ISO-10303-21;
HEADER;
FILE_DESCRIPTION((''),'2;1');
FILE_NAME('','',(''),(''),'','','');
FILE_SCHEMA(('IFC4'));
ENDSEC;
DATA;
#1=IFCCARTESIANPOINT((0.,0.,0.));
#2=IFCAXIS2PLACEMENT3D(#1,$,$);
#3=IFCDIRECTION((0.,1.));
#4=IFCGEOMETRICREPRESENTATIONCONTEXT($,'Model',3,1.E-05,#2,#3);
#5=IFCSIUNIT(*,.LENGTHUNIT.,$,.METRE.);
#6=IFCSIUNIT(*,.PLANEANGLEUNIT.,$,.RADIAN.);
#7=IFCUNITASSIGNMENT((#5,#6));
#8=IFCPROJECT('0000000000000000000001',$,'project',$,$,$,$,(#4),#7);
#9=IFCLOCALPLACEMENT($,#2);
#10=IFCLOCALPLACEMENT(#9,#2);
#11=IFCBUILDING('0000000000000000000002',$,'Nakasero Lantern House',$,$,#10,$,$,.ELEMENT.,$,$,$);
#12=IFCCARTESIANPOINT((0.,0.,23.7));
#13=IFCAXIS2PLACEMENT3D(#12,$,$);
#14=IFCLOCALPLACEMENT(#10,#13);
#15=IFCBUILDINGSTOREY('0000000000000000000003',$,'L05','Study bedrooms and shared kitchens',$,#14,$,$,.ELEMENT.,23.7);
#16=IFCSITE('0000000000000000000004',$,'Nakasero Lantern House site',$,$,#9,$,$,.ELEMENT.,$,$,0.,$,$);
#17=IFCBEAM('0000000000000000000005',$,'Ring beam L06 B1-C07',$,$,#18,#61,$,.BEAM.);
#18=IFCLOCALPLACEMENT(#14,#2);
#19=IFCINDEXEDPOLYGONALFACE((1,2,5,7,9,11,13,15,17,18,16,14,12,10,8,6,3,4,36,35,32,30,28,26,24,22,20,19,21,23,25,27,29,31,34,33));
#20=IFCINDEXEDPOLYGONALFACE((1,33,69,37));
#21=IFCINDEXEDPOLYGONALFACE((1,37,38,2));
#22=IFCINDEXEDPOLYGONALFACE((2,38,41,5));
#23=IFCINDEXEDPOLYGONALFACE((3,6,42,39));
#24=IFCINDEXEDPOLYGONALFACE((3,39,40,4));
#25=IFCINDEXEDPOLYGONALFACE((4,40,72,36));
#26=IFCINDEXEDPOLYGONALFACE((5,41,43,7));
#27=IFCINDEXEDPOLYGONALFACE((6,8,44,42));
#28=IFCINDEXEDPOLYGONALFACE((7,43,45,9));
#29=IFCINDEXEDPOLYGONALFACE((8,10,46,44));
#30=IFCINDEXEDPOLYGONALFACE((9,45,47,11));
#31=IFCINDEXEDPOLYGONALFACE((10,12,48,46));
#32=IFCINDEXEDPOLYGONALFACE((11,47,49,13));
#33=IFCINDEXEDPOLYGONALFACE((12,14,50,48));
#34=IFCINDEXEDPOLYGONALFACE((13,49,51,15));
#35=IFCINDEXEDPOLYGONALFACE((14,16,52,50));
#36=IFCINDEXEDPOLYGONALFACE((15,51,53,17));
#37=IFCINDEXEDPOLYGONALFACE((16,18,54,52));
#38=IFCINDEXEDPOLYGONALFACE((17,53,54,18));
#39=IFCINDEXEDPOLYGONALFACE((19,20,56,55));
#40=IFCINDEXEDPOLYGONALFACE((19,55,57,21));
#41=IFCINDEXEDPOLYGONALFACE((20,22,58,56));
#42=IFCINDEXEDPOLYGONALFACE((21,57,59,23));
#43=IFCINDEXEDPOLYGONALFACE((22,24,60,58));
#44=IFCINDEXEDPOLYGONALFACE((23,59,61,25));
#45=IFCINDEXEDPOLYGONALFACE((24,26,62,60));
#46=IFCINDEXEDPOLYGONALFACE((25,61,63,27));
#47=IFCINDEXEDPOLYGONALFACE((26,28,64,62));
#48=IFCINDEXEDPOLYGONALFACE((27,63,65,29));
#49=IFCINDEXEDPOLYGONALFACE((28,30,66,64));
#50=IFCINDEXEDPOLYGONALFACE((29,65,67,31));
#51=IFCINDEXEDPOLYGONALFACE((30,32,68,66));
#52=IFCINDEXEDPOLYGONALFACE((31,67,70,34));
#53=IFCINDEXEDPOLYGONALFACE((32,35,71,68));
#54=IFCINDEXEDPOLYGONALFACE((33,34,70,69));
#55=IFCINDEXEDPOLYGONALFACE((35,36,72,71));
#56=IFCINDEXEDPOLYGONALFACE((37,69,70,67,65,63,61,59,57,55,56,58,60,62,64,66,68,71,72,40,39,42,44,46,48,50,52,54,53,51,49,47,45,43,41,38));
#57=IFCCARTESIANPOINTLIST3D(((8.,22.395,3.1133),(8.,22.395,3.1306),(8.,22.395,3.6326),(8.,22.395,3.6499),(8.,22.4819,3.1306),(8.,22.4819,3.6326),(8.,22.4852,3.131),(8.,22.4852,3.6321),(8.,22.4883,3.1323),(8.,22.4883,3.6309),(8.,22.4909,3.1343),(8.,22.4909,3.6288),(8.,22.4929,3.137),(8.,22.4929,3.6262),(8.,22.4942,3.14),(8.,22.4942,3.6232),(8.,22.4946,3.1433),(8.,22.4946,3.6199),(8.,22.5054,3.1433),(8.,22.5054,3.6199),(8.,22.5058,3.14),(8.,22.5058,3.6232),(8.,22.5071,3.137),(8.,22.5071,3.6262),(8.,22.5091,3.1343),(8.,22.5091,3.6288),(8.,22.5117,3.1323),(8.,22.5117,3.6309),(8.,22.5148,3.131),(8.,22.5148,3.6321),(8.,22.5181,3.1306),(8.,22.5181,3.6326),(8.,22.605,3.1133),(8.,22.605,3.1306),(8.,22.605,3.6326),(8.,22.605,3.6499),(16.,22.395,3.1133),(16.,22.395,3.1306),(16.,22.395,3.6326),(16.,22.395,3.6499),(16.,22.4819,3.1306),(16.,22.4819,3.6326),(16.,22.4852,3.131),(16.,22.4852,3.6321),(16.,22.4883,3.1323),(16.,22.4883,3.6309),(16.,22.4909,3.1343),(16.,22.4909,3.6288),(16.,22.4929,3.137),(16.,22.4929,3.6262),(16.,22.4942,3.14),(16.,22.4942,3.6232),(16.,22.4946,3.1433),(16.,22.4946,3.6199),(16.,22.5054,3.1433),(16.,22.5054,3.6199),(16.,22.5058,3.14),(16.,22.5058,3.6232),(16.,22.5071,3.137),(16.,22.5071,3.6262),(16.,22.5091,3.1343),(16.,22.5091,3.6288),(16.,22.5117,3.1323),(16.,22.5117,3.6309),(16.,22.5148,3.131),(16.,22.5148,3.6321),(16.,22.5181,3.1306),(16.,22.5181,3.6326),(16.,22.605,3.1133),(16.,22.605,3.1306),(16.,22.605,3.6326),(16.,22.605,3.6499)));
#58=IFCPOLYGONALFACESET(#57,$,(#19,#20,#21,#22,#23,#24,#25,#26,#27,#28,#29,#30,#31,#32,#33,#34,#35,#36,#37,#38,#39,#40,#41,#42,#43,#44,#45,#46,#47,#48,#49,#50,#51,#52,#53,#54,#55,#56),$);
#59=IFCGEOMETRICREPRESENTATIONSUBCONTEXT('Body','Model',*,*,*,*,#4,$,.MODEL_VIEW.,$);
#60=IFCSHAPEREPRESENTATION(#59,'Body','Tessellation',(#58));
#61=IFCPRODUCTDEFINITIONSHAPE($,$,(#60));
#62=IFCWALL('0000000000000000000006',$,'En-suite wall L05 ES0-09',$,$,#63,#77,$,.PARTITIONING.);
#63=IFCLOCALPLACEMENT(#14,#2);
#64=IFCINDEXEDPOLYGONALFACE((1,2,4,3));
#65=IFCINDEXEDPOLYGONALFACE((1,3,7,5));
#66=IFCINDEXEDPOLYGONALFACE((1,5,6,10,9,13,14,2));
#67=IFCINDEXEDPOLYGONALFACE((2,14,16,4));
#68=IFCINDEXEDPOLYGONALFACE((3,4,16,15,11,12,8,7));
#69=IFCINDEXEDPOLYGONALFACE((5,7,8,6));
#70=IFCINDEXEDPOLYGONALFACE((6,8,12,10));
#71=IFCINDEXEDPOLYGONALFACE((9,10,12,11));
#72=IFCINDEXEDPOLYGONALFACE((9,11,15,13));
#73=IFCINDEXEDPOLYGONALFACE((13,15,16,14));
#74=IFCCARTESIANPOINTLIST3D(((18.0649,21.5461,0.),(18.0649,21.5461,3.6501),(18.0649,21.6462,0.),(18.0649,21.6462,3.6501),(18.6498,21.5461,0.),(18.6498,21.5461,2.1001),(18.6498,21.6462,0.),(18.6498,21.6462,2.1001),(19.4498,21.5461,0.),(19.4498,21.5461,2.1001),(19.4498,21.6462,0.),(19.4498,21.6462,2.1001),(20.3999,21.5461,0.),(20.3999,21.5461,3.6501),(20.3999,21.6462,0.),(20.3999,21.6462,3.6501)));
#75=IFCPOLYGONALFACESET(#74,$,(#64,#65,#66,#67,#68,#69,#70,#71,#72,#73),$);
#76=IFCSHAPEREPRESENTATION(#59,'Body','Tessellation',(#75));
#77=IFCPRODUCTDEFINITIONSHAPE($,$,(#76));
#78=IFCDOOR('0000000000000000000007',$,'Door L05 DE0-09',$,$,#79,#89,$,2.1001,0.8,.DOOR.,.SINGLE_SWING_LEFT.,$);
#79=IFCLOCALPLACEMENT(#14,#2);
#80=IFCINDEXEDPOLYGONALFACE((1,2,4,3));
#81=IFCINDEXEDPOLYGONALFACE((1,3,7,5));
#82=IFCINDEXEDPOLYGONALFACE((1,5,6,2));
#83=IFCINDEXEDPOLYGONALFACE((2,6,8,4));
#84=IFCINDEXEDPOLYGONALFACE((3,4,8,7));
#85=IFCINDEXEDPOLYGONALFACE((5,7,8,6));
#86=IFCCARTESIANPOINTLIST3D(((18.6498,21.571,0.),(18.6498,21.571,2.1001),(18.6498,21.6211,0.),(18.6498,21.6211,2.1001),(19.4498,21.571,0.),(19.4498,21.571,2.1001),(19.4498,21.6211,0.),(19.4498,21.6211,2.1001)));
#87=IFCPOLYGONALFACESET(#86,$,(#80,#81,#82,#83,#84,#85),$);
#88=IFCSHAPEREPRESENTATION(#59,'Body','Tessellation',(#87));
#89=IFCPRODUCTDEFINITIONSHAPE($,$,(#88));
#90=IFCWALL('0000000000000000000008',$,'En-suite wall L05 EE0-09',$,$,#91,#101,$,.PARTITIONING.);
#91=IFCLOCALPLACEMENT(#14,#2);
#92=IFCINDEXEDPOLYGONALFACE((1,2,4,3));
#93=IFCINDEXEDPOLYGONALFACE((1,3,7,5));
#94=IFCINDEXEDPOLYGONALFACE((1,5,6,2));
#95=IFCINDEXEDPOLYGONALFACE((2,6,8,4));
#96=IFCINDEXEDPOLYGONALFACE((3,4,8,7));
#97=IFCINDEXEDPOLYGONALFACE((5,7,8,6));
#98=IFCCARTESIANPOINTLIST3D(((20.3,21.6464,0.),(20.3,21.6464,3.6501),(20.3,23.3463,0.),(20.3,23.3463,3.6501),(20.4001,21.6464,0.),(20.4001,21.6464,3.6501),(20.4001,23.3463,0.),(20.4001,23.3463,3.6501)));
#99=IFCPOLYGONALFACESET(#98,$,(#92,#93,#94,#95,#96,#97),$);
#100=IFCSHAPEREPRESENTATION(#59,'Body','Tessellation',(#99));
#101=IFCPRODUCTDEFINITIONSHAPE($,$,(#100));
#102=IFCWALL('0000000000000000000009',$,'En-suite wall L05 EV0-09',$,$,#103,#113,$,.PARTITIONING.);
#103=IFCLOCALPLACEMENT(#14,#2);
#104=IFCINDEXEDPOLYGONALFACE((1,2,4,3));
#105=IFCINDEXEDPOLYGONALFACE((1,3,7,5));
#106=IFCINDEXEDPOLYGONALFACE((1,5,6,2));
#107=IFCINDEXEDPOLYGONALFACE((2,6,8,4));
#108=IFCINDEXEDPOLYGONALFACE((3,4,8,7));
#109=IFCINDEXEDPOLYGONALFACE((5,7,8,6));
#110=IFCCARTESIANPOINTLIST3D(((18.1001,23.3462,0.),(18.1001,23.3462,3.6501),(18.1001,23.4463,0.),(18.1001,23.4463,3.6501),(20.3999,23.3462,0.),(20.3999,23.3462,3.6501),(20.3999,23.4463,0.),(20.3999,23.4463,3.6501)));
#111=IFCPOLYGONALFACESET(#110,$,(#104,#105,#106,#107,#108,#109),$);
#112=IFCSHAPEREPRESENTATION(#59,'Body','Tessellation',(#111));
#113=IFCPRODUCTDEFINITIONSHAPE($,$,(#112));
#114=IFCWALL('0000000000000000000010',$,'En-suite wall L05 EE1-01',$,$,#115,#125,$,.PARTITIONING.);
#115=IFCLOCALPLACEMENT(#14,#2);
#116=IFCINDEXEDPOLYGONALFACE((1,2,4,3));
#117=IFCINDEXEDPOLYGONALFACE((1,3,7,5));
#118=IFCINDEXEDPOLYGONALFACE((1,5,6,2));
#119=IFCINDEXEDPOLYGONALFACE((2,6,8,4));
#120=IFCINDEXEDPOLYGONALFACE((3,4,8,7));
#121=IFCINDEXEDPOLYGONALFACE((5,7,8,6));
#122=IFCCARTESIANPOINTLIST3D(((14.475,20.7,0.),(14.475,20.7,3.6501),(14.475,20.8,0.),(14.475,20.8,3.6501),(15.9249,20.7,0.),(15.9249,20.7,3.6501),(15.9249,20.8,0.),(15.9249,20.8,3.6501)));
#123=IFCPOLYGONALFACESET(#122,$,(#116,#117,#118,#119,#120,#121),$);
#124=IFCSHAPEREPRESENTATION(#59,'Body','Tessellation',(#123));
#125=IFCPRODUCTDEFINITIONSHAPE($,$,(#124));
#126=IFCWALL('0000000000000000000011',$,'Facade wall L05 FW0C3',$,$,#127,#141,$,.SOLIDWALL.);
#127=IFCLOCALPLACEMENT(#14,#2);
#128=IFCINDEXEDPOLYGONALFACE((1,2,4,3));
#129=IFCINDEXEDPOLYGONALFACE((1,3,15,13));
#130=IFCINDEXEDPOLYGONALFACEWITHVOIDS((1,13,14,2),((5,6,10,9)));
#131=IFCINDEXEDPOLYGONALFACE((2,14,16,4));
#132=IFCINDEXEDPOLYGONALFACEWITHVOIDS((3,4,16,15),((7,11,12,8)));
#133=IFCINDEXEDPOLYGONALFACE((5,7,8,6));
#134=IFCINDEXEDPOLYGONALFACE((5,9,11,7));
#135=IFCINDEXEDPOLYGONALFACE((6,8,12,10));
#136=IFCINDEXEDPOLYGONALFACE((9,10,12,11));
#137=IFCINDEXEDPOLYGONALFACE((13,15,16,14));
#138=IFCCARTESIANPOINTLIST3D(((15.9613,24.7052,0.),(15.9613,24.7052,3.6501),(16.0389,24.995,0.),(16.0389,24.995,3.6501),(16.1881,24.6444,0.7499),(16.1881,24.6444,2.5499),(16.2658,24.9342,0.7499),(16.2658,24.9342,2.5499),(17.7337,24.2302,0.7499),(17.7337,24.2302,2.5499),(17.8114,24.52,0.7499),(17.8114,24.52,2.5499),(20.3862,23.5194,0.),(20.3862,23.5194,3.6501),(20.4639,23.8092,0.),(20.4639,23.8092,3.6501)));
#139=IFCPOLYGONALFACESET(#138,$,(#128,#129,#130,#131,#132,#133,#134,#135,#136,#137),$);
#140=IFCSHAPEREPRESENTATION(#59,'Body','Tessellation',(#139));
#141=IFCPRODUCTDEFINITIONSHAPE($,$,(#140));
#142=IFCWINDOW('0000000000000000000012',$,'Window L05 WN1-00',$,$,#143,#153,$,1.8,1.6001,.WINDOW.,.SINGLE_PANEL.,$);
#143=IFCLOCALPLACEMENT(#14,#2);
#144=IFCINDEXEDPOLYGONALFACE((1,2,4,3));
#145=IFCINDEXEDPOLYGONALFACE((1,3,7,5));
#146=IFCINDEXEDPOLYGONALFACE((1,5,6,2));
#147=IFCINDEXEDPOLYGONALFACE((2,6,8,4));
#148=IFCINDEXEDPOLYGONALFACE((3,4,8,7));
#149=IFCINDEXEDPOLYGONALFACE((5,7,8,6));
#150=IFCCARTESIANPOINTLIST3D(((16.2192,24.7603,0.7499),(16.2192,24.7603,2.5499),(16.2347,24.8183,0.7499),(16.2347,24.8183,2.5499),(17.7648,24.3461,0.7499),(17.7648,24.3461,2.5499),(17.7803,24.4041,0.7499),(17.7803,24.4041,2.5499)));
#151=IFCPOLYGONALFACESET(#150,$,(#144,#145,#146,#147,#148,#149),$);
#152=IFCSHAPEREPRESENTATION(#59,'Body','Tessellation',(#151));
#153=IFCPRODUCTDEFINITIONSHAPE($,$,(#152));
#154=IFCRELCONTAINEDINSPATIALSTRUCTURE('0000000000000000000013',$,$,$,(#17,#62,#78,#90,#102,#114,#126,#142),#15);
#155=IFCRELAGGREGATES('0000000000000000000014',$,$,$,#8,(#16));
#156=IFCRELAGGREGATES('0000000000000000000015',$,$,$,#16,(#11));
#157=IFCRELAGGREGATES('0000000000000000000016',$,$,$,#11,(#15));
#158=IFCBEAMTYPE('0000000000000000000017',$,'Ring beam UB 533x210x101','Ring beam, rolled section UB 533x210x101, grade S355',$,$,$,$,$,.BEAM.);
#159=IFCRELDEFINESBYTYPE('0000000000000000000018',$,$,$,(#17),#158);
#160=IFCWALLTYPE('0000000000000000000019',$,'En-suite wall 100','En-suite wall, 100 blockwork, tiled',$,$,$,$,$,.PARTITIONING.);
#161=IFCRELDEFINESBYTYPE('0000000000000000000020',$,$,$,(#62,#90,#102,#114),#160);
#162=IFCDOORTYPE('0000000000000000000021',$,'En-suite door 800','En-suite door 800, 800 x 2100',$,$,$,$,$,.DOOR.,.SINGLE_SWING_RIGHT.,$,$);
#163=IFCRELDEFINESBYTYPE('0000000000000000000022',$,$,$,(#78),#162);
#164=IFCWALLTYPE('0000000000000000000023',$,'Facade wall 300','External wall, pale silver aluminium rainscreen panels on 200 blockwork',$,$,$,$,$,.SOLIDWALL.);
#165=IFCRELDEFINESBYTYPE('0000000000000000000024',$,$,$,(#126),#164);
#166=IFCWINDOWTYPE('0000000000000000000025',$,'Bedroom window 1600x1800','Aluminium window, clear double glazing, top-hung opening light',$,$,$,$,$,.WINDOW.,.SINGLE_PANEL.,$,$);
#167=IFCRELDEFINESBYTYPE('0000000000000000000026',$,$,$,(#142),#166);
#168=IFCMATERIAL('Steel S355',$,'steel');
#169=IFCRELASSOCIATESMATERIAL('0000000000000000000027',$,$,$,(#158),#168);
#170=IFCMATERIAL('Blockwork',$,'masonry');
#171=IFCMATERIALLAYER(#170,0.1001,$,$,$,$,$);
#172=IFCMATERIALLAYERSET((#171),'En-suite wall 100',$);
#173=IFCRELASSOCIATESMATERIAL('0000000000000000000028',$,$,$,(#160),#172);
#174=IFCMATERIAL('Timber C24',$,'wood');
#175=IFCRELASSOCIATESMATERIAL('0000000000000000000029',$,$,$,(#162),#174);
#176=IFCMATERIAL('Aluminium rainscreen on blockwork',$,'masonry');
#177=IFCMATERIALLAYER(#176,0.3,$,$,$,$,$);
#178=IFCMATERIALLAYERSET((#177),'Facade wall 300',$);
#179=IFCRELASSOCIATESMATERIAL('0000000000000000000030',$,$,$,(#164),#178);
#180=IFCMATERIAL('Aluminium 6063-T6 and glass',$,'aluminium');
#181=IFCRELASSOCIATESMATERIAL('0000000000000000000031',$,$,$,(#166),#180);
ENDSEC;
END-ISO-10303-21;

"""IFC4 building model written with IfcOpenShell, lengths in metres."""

from ifc_helpers import new_model, si_unit, direction, frame, frame_2d, origin, origin_2d, place, context, subcontext, project, spatial, rectangle, i_section, extrude, material, layer, layer_set, material_profile, profile_set, type_object, element, fill, save


model = new_model("IFC4")

# Units and contexts
model_context = context("Model", 3, precision=1e-05, world=origin(), true_north=direction((0.0, 1.0)))
body_context = subcontext(model_context, "Body", "Model", "MODEL_VIEW")
ifc_project = project(units=[si_unit("LENGTHUNIT", "METRE"), si_unit("PLANEANGLEUNIT", "RADIAN")], contexts=[model_context])

# Site, building, storey
site_placement = place(None, origin())
site = spatial("IfcSite", under=ifc_project, at=site_placement, Name="Nakasero Lantern House site", CompositionType="ELEMENT", RefElevation=0.0)
building_placement = place(site_placement, origin())
building = spatial("IfcBuilding", under=site, at=building_placement, Name="Nakasero Lantern House", CompositionType="ELEMENT")
storey_placement = place(building_placement, frame((0.0, 0.0, 23.7)))
storey = spatial("IfcBuildingStorey", under=building, at=storey_placement, Name="L05", Description="Study bedrooms and shared kitchens", CompositionType="ELEMENT", Elevation=23.7)

# Beam
ifc_material_1 = material(Name="Steel S355", Category="steel")
ifc_material_profile_1 = material_profile(ifc_material_1, i_section(OverallWidth=0.21, OverallDepth=0.5366, WebThickness=0.0107, FlangeThickness=0.0173, FilletRadius=0.0127, at=origin_2d()), Name="UB 533x210x101")
ifc_profile_set_1 = profile_set([ifc_material_profile_1], Name="Steel S355")
beam_type_1 = type_object("IfcBeamType", Name="Ring beam UB 533x210x101", Description="Ring beam, rolled section UB 533x210x101, grade S355", PredefinedType="BEAM", material=ifc_profile_set_1)
beam_1_placement = place(storey_placement, frame((16.0, 22.5, 3.3816), z_axis=(-1.0, 0.0, 0.0), x_axis=(0.0, -1.0, 0.0)))
element("IfcBeam", 1, at=beam_1_placement, inside=storey, type_object=beam_type_1, Name="Ring beam L06 B1-C07", PredefinedType="BEAM", context=body_context, shape_type="SweptSolid", body=[
    extrude(i_section(OverallWidth=0.21, OverallDepth=0.5366, WebThickness=0.0107, FlangeThickness=0.0173, FilletRadius=0.0127, at=origin_2d()), origin(), (0.0, 0.0, 1.0), 8.0),
])

# Wall, opening, door
ifc_material_2 = material(Name="Blockwork", Category="masonry")
ifc_layer_1 = layer(ifc_material_2, 0.1001)
ifc_layer_set_1 = layer_set([ifc_layer_1], Name="En-suite wall 100")
wall_type_1 = type_object("IfcWallType", Name="En-suite wall 100", Description="En-suite wall, 100 blockwork, tiled", PredefinedType="PARTITIONING", material=ifc_layer_set_1)
wall_1_placement = place(storey_placement, frame((18.0649, 21.5962, 0.0), z_axis=(0.0, 0.0, 1.0), x_axis=(1.0, 0.0, 0.0)))
wall_1 = element("IfcWall", 2, at=wall_1_placement, inside=storey, type_object=wall_type_1, Name="En-suite wall L05 ES0-09", PredefinedType="PARTITIONING", context=body_context, shape_type="SweptSolid", body=[
    extrude(rectangle(XDim=2.335, YDim=0.1001, at=frame_2d((1.1675, 0.0))), origin(), (0.0, 0.0, 1.0), 3.6501),
])
opening_1_placement = place(wall_1_placement, frame((0.585, 0.0, 0.0)))
opening_1 = element("IfcOpeningElement", 3, at=opening_1_placement, cuts=wall_1, PredefinedType="OPENING", context=body_context, shape_type="SweptSolid", body=[
    extrude(rectangle(XDim=0.8, YDim=2.1001, at=frame_2d((0.3999, 1.05))), frame((0.0, 0.0701, 0.0), z_axis=(0.0, -1.0, 0.0), x_axis=(1.0, 0.0, 0.0)), (0.0, 0.0, 1.0), 0.1401),
])
ifc_material_3 = material(Name="Timber C24", Category="wood")
door_type_1 = type_object("IfcDoorType", Name="En-suite door 800", Description="En-suite door 800, 800 x 2100", OperationType="SINGLE_SWING_RIGHT", PredefinedType="DOOR", material=ifc_material_3)
door_1_placement = place(opening_1_placement, origin())
door_1 = element("IfcDoor", 4, at=door_1_placement, inside=storey, type_object=door_type_1, Name="Door L05 DE0-09", OperationType="SINGLE_SWING_LEFT", OverallHeight=2.1001, OverallWidth=0.8, PredefinedType="DOOR", context=body_context, shape_type="SweptSolid", body=[
    extrude(rectangle(XDim=0.8, YDim=2.1001, at=frame_2d((0.3999, 1.05))), frame((0.0, 0.0249, 0.0), z_axis=(0.0, -1.0, 0.0), x_axis=(1.0, 0.0, 0.0)), (0.0, 0.0, 1.0), 0.05),
])
fill(opening_1, door_1)

# Walls
wall_2_placement = place(storey_placement, frame((20.3501, 21.6462, 0.0), z_axis=(0.0, 0.0, 1.0), x_axis=(0.0, 1.0, 0.0)))
element("IfcWall", 5, at=wall_2_placement, inside=storey, type_object=wall_type_1, Name="En-suite wall L05 EE0-09", PredefinedType="PARTITIONING", context=body_context, shape_type="SweptSolid", body=[
    extrude(rectangle(XDim=1.7, YDim=0.1001, at=frame_2d((0.8501, 0.0))), origin(), (0.0, 0.0, 1.0), 3.6501),
])
wall_3_placement = place(storey_placement, frame((18.1001, 23.3962, 0.0), z_axis=(0.0, 0.0, 1.0), x_axis=(1.0, 0.0, 0.0)))
element("IfcWall", 6, at=wall_3_placement, inside=storey, type_object=wall_type_1, Name="En-suite wall L05 EV0-09", PredefinedType="PARTITIONING", context=body_context, shape_type="SweptSolid", body=[
    extrude(rectangle(XDim=2.2998, YDim=0.1001, at=frame_2d((1.1499, 0.0))), origin(), (0.0, 0.0, 1.0), 3.6501),
])
wall_4_placement = place(storey_placement, frame((15.925, 20.75, 0.0), z_axis=(0.0, 0.0, 1.0), x_axis=(-1.0, 0.0, 0.0)))
element("IfcWall", 7, at=wall_4_placement, inside=storey, type_object=wall_type_1, Name="En-suite wall L05 EE1-01", PredefinedType="PARTITIONING", context=body_context, shape_type="SweptSolid", body=[
    extrude(rectangle(XDim=1.45, YDim=0.1001, at=frame_2d((0.7251, 0.0))), origin(), (0.0, 0.0, 1.0), 3.6501),
])

# Wall, opening, window
ifc_material_4 = material(Name="Aluminium rainscreen on blockwork", Category="masonry")
ifc_layer_2 = layer(ifc_material_4, 0.3)
ifc_layer_set_2 = layer_set([ifc_layer_2], Name="Facade wall 300")
wall_type_2 = type_object("IfcWallType", Name="Facade wall 300", Description="External wall, pale silver aluminium rainscreen panels on 200 blockwork", PredefinedType="SOLIDWALL", material=ifc_layer_set_2)
wall_5_placement = place(storey_placement, frame((20.425, 23.6643, 0.0), z_axis=(0.0, 0.0, 1.0), x_axis=(-0.96592, 0.25884, 0.0)))
wall_5 = element("IfcWall", 8, at=wall_5_placement, inside=storey, type_object=wall_type_2, Name="Facade wall L05 FW0C3", PredefinedType="SOLIDWALL", context=body_context, shape_type="SweptSolid", body=[
    extrude(rectangle(XDim=4.5811, YDim=0.3, at=frame_2d((2.2905, 0.0))), origin(), (0.0, 0.0, 1.0), 3.6501),
])
opening_2_placement = place(wall_5_placement, frame((2.7461, 0.0, 0.75)))
opening_2 = element("IfcOpeningElement", 9, at=opening_2_placement, cuts=wall_5, PredefinedType="OPENING", context=body_context, shape_type="SweptSolid", body=[
    extrude(rectangle(XDim=1.6001, YDim=1.8, at=frame_2d((0.8, 0.8999))), frame((0.0, 0.1699, 0.0), z_axis=(0.0, -1.0, 0.0), x_axis=(1.0, 0.0, 0.0)), (0.0, 0.0, 1.0), 0.3401),
])
ifc_material_5 = material(Name="Aluminium 6063-T6 and glass", Category="aluminium")
window_type_1 = type_object("IfcWindowType", Name="Bedroom window 1600x1800", Description="Aluminium window, clear double glazing, top-hung opening light", PartitioningType="SINGLE_PANEL", PredefinedType="WINDOW", material=ifc_material_5)
window_1_placement = place(opening_2_placement, origin())
window_1 = element("IfcWindow", 10, at=window_1_placement, inside=storey, type_object=window_type_1, Name="Window L05 WN1-00", OverallHeight=1.8, OverallWidth=1.6001, PartitioningType="SINGLE_PANEL", PredefinedType="WINDOW", context=body_context, shape_type="SweptSolid", body=[
    extrude(rectangle(XDim=1.6001, YDim=1.8, at=frame_2d((0.8, 0.8999))), frame((0.0, 0.03, 0.0), z_axis=(0.0, -1.0, 0.0), x_axis=(1.0, 0.0, 0.0)), (0.0, 0.0, 1.0), 0.0601),
])
fill(opening_2, window_1)

save(model, "model.ifc")
